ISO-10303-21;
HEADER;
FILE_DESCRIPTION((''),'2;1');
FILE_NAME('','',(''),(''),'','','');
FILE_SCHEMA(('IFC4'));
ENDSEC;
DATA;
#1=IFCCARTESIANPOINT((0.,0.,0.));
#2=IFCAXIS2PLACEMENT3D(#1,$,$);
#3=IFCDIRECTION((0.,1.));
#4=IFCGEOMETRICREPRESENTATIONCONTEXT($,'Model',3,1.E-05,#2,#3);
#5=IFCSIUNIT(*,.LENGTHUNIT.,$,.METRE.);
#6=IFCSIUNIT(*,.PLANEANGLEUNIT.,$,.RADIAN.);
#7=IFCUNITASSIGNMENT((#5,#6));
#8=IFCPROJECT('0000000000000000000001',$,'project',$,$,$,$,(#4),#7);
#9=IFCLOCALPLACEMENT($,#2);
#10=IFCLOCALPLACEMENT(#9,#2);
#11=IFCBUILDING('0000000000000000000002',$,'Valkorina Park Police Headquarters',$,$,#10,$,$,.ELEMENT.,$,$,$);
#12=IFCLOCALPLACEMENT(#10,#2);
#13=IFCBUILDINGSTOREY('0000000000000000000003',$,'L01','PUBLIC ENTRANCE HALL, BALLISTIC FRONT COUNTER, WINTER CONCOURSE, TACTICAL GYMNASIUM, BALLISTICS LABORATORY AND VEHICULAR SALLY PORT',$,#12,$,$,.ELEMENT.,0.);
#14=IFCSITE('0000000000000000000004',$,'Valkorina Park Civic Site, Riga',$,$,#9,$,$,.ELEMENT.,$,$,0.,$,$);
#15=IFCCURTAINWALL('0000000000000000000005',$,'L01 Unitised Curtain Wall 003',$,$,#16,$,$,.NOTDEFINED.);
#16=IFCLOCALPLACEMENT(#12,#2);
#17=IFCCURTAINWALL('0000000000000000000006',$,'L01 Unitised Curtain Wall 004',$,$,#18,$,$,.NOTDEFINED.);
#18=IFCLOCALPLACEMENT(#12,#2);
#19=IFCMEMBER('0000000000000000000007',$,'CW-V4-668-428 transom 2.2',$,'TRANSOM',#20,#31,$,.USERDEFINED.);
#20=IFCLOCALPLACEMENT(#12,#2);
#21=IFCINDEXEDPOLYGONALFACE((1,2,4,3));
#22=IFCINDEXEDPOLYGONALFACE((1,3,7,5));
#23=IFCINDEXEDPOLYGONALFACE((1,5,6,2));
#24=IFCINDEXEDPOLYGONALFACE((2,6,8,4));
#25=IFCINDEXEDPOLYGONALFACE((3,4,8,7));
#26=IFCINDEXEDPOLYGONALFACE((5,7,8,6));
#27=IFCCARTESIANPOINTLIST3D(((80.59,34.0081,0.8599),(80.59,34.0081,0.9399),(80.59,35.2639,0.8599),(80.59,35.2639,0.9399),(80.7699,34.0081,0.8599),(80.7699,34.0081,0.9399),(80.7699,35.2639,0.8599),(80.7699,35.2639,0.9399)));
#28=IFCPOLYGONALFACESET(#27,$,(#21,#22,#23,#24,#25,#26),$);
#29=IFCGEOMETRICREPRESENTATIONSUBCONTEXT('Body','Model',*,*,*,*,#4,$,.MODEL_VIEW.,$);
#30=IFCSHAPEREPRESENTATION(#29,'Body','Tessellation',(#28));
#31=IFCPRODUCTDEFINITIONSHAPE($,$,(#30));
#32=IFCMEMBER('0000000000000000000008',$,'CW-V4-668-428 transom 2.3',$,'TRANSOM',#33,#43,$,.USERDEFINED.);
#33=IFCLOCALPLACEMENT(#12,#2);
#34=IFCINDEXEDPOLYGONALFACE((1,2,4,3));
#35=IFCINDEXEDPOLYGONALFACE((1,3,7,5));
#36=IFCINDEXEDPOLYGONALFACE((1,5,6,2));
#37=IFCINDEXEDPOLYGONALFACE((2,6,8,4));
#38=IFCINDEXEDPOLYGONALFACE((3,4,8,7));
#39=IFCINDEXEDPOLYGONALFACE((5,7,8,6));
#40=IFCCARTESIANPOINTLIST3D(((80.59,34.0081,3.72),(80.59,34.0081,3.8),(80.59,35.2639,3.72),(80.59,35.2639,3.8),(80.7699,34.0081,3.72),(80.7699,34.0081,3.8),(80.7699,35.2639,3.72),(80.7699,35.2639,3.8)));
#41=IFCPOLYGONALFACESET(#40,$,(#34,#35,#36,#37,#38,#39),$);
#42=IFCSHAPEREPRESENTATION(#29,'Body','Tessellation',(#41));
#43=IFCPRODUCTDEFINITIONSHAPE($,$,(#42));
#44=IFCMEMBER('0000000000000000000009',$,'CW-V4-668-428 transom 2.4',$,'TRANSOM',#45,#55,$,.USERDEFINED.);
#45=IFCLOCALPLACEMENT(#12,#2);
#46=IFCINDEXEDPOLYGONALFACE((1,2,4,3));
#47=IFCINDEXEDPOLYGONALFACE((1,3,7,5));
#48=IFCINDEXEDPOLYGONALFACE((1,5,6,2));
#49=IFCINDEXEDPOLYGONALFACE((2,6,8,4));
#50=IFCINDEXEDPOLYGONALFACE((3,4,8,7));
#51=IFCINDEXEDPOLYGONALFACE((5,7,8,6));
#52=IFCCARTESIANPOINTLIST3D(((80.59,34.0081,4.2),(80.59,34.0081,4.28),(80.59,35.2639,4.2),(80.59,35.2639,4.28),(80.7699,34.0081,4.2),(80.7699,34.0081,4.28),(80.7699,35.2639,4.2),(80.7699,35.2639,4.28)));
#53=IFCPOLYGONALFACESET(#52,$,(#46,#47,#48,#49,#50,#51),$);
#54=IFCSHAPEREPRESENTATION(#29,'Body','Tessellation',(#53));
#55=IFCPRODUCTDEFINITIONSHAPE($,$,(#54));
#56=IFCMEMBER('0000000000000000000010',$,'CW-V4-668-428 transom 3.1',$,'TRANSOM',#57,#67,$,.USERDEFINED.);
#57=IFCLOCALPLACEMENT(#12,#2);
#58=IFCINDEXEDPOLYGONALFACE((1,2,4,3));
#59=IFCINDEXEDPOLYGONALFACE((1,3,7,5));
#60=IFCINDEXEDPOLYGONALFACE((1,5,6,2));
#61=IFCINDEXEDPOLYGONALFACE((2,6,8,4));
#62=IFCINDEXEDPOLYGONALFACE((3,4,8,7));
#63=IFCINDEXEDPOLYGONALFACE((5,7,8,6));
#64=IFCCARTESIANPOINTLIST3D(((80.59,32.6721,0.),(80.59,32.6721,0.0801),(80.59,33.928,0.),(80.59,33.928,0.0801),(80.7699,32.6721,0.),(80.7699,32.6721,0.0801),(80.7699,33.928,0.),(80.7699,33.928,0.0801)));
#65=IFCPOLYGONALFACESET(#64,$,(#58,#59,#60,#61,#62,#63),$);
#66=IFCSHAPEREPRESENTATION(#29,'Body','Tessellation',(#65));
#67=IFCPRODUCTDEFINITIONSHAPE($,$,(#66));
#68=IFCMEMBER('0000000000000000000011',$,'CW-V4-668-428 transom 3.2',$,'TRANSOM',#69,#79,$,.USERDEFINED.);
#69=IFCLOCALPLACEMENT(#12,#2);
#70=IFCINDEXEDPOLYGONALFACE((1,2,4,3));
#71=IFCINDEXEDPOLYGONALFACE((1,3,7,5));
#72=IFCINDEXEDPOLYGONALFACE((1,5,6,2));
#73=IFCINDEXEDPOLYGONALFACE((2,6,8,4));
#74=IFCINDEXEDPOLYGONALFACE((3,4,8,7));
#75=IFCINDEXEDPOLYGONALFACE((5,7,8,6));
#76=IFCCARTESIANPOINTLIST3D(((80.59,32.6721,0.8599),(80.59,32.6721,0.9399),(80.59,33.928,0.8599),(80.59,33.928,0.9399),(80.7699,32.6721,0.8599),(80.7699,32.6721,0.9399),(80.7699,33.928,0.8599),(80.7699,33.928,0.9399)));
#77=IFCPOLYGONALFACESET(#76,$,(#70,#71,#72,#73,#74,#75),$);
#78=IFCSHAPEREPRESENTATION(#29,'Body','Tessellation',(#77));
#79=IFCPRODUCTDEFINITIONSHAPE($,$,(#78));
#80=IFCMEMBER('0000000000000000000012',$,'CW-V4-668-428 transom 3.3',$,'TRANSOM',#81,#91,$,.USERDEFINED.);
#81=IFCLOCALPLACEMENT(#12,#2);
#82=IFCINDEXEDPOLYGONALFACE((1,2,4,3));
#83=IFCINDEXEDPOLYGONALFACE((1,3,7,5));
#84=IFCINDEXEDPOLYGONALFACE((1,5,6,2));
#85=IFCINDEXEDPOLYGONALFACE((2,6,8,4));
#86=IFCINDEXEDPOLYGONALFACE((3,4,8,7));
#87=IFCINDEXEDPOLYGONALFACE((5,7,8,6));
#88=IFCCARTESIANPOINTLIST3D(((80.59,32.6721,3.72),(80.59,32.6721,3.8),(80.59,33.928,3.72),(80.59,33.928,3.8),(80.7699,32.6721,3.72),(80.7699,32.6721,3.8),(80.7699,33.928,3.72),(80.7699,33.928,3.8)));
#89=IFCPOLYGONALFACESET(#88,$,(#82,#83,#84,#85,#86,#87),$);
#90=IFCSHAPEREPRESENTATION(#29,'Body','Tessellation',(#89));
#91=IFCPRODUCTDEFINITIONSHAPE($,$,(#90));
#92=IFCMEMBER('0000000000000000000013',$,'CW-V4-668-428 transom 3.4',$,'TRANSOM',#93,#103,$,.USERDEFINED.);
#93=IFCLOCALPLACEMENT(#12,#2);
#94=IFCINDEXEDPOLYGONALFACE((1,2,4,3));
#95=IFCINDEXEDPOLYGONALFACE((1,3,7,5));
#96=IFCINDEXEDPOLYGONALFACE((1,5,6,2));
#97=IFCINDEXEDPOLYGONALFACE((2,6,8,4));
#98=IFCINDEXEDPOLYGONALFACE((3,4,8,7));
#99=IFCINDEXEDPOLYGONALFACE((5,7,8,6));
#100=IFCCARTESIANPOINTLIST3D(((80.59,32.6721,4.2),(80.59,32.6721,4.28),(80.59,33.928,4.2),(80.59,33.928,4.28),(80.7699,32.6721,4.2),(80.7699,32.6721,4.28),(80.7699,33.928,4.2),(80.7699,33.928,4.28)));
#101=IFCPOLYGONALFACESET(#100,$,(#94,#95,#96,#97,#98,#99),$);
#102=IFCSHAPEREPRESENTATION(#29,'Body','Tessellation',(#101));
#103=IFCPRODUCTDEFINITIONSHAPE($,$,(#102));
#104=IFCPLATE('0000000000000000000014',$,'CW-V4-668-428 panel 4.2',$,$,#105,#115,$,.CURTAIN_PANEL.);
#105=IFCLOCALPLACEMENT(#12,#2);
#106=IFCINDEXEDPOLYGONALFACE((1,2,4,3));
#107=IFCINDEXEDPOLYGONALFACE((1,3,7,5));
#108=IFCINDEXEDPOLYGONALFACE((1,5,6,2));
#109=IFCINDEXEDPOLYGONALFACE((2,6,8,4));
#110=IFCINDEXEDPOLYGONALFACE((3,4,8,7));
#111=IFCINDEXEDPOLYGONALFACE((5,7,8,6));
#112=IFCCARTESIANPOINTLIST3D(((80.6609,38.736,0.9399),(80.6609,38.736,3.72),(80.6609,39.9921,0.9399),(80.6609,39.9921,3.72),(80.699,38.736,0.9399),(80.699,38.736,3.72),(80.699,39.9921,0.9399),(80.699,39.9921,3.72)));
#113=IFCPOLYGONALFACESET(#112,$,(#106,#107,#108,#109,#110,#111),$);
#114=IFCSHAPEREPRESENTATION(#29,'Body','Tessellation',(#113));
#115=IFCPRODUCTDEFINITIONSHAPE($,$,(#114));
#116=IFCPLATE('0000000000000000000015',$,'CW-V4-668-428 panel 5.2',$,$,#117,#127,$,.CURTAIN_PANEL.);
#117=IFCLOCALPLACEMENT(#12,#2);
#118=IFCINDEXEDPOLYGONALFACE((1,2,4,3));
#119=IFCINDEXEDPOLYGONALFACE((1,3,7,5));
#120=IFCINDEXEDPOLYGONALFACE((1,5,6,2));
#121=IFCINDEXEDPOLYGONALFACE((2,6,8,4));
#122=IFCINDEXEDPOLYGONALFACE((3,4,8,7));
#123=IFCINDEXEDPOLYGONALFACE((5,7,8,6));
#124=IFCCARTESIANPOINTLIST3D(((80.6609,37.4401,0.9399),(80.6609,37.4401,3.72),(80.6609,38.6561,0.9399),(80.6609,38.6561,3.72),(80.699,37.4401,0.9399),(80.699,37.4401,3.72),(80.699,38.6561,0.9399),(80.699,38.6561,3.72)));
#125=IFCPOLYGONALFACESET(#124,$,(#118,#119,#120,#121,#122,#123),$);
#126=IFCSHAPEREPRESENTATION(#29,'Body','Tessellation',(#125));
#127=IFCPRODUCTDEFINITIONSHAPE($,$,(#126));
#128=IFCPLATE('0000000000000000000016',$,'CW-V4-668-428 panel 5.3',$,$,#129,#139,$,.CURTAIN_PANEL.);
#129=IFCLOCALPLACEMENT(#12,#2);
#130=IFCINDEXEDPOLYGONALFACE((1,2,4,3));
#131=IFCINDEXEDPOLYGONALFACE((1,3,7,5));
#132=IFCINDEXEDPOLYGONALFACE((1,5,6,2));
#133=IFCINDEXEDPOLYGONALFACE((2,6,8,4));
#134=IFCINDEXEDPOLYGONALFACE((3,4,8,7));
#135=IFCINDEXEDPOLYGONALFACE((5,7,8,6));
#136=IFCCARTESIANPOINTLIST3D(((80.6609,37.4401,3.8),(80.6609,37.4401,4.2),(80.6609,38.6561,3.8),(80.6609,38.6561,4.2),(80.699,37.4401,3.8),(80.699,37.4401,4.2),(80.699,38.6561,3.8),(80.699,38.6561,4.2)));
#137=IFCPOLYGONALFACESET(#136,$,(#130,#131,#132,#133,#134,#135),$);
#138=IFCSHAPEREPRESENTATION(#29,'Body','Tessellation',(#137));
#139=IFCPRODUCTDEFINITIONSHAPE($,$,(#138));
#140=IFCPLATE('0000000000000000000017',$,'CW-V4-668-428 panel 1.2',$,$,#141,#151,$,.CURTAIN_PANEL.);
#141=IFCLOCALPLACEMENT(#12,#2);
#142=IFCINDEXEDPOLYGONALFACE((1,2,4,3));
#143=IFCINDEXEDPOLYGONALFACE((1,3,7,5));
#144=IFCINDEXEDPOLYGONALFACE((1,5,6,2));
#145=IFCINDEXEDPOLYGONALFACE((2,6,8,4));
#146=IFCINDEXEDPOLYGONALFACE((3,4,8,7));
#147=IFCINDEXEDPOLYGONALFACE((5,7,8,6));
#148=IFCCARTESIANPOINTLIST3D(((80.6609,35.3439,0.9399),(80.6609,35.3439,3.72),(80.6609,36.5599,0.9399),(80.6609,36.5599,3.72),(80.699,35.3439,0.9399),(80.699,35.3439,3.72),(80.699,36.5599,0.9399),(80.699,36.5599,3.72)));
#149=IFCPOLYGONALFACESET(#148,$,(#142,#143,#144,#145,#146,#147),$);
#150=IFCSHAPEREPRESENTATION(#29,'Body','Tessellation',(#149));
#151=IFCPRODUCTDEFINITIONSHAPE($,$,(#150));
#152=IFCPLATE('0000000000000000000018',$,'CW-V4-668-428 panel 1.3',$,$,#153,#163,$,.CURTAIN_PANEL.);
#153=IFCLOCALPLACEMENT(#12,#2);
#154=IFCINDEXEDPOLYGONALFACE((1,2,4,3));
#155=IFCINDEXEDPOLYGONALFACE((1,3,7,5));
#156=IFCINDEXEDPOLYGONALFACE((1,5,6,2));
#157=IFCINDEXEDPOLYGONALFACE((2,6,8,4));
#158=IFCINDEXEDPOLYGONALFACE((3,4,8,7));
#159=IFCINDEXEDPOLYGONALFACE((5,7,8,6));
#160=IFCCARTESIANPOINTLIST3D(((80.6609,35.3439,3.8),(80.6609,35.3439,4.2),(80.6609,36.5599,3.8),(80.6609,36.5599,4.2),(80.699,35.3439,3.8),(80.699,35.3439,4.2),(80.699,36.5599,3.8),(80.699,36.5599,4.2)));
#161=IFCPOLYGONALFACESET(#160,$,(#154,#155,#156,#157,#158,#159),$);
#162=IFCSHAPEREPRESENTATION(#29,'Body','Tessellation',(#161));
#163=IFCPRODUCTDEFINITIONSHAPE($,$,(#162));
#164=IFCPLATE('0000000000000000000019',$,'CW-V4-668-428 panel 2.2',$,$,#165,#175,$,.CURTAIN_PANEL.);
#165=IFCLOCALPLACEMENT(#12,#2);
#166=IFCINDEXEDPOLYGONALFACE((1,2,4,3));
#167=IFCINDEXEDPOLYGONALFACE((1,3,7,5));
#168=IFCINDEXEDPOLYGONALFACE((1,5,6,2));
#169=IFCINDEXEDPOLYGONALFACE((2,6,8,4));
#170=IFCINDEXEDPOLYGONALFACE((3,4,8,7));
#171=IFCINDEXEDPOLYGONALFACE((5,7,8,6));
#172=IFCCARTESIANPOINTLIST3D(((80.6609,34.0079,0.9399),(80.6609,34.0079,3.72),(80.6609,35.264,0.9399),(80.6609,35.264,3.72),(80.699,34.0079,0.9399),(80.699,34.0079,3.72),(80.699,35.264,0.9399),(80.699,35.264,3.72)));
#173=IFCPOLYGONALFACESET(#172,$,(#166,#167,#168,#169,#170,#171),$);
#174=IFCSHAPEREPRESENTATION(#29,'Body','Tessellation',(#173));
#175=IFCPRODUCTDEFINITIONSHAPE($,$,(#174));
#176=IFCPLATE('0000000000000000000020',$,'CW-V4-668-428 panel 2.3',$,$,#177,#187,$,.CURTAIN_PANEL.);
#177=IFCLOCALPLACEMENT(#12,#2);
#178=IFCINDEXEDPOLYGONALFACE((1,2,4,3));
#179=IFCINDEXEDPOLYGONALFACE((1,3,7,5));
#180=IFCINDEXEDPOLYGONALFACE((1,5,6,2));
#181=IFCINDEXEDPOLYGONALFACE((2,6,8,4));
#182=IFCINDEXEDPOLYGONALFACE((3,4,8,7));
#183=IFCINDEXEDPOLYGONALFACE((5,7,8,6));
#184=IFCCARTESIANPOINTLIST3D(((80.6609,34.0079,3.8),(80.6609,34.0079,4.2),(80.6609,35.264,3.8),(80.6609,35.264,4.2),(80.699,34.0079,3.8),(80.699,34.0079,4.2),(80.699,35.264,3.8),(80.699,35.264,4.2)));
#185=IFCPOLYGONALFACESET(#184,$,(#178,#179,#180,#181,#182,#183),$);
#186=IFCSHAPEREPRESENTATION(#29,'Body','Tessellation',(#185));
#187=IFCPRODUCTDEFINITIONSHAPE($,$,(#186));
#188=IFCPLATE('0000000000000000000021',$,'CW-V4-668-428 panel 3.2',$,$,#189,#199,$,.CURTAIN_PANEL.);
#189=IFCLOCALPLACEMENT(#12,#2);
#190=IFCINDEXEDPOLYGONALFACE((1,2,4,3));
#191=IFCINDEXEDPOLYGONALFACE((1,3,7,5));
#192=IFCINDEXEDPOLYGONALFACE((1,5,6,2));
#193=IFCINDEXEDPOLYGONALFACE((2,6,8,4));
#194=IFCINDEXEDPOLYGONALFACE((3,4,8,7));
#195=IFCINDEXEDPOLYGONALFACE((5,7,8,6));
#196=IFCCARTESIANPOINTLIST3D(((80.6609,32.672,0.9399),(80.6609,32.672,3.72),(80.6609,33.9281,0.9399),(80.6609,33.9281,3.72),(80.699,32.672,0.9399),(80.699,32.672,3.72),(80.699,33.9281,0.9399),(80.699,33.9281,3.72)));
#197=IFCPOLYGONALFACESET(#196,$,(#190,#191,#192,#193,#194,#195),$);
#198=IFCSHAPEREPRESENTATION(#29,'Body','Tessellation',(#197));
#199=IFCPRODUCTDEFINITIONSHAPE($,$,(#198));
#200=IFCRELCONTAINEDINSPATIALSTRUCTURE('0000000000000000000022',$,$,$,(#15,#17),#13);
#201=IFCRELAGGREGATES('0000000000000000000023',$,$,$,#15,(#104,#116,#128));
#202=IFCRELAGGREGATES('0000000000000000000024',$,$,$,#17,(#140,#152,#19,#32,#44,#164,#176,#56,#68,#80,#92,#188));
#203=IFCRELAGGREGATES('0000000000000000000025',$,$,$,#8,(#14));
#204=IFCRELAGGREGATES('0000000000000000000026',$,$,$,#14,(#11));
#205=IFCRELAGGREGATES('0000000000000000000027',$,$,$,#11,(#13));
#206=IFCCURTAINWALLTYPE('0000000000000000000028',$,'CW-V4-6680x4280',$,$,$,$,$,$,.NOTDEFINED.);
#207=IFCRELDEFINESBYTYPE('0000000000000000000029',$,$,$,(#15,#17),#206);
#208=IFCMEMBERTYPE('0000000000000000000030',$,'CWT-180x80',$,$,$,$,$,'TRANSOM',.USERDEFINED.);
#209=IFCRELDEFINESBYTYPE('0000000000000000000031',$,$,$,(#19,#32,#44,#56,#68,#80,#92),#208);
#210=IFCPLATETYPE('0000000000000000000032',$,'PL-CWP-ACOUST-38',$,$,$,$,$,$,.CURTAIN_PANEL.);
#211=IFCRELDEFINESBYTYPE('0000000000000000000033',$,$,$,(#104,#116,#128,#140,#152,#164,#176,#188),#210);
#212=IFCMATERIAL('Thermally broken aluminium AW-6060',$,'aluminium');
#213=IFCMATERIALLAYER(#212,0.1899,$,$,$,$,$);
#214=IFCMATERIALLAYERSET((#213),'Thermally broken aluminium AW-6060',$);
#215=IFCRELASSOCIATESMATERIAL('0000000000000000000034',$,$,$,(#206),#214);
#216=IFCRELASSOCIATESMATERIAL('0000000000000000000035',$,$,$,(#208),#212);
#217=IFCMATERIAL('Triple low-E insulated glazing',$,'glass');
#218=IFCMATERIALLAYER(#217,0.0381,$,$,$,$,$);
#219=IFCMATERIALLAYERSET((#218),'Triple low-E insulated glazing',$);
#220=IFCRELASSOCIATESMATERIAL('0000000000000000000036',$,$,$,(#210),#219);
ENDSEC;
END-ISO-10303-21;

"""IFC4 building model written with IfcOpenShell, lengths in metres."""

from ifc_helpers import new_model, si_unit, direction, frame, origin, origin_2d, place, context, subcontext, project, spatial, rectangle, extrude, material, layer, layer_set, material_profile, profile_set, type_object, element, aggregate, save


model = new_model("IFC4")

# Units and contexts
model_context = context("Model", 3, precision=1e-05, world=origin(), true_north=direction((0.0, 1.0)))
body_context = subcontext(model_context, "Body", "Model", "MODEL_VIEW")
ifc_project = project(units=[si_unit("LENGTHUNIT", "METRE"), si_unit("PLANEANGLEUNIT", "RADIAN")], contexts=[model_context])

# Site, building, storey
site_placement = place(None, origin())
site = spatial("IfcSite", under=ifc_project, at=site_placement, Name="Valkorina Park Civic Site, Riga", CompositionType="ELEMENT", RefElevation=0.0)
building_placement = place(site_placement, origin())
building = spatial("IfcBuilding", under=site, at=building_placement, Name="Valkorina Park Police Headquarters", CompositionType="ELEMENT")
storey_placement = place(building_placement, origin())
storey = spatial("IfcBuildingStorey", under=building, at=storey_placement, Name="L01", Description="PUBLIC ENTRANCE HALL, BALLISTIC FRONT COUNTER, WINTER CONCOURSE, TACTICAL GYMNASIUM, BALLISTICS LABORATORY AND VEHICULAR SALLY PORT", CompositionType="ELEMENT", Elevation=0.0)

# Curtain walls
ifc_material_1 = material(Name="Thermally broken aluminium AW-6060", Category="aluminium")
ifc_layer_1 = layer(ifc_material_1, 0.1899)
ifc_layer_set_1 = layer_set([ifc_layer_1], Name="Thermally broken aluminium AW-6060")
curtain_wall_type = type_object("IfcCurtainWallType", Name="CW-V4-6680x4280", PredefinedType="NOTDEFINED", material=ifc_layer_set_1)
curtain_wall_1_placement = place(storey_placement, origin())
curtain_wall_1 = element("IfcCurtainWall", 1, at=curtain_wall_1_placement, inside=storey, type_object=curtain_wall_type, Name="L01 Unitised Curtain Wall 003", PredefinedType="NOTDEFINED")
curtain_wall_2_placement = place(storey_placement, origin())
curtain_wall_2 = element("IfcCurtainWall", 2, at=curtain_wall_2_placement, inside=storey, type_object=curtain_wall_type, Name="L01 Unitised Curtain Wall 004", PredefinedType="NOTDEFINED")

# Members
ifc_material_profile_1 = material_profile(ifc_material_1, rectangle(XDim=0.1799, YDim=0.0801, at=origin_2d()), Name="CWT-03 180x80")
ifc_profile_set_1 = profile_set([ifc_material_profile_1], Name="Thermally broken aluminium AW-6060")
member_type_1 = type_object("IfcMemberType", Name="CWT-180x80", ElementType="TRANSOM", PredefinedType="USERDEFINED", material=ifc_profile_set_1)
member_1_placement = place(storey_placement, frame((80.6799, 35.2639, 0.8999), z_axis=(0.0, -1.0, 0.0), x_axis=(1.0, 0.0, 0.0)))
member_1 = element("IfcMember", 3, at=member_1_placement, type_object=member_type_1, Name="CW-V4-668-428 transom 2.2", ObjectType="TRANSOM", PredefinedType="USERDEFINED", context=body_context, shape_type="SweptSolid", body=[
    extrude(rectangle(XDim=0.1799, YDim=0.0801, at=origin_2d()), origin(), (0.0, 0.0, 1.0), 1.2559),
])
member_2_placement = place(storey_placement, frame((80.6799, 35.2639, 3.76), z_axis=(0.0, -1.0, 0.0), x_axis=(1.0, 0.0, 0.0)))
member_2 = element("IfcMember", 4, at=member_2_placement, type_object=member_type_1, Name="CW-V4-668-428 transom 2.3", ObjectType="TRANSOM", PredefinedType="USERDEFINED", context=body_context, shape_type="SweptSolid", body=[
    extrude(rectangle(XDim=0.1799, YDim=0.0801, at=origin_2d()), origin(), (0.0, 0.0, 1.0), 1.2559),
])
member_3_placement = place(storey_placement, frame((80.6799, 35.2639, 4.24), z_axis=(0.0, -1.0, 0.0), x_axis=(1.0, 0.0, 0.0)))
member_3 = element("IfcMember", 5, at=member_3_placement, type_object=member_type_1, Name="CW-V4-668-428 transom 2.4", ObjectType="TRANSOM", PredefinedType="USERDEFINED", context=body_context, shape_type="SweptSolid", body=[
    extrude(rectangle(XDim=0.1799, YDim=0.0801, at=origin_2d()), origin(), (0.0, 0.0, 1.0), 1.2559),
])
member_4_placement = place(storey_placement, frame((80.6799, 33.928, 0.04), z_axis=(0.0, -1.0, 0.0), x_axis=(1.0, 0.0, 0.0)))
member_4 = element("IfcMember", 6, at=member_4_placement, type_object=member_type_1, Name="CW-V4-668-428 transom 3.1", ObjectType="TRANSOM", PredefinedType="USERDEFINED", context=body_context, shape_type="SweptSolid", body=[
    extrude(rectangle(XDim=0.1799, YDim=0.0801, at=origin_2d()), origin(), (0.0, 0.0, 1.0), 1.2559),
])
member_5_placement = place(storey_placement, frame((80.6799, 33.928, 0.8999), z_axis=(0.0, -1.0, 0.0), x_axis=(1.0, 0.0, 0.0)))
member_5 = element("IfcMember", 7, at=member_5_placement, type_object=member_type_1, Name="CW-V4-668-428 transom 3.2", ObjectType="TRANSOM", PredefinedType="USERDEFINED", context=body_context, shape_type="SweptSolid", body=[
    extrude(rectangle(XDim=0.1799, YDim=0.0801, at=origin_2d()), origin(), (0.0, 0.0, 1.0), 1.2559),
])
member_6_placement = place(storey_placement, frame((80.6799, 33.928, 3.76), z_axis=(0.0, -1.0, 0.0), x_axis=(1.0, 0.0, 0.0)))
member_6 = element("IfcMember", 8, at=member_6_placement, type_object=member_type_1, Name="CW-V4-668-428 transom 3.3", ObjectType="TRANSOM", PredefinedType="USERDEFINED", context=body_context, shape_type="SweptSolid", body=[
    extrude(rectangle(XDim=0.1799, YDim=0.0801, at=origin_2d()), origin(), (0.0, 0.0, 1.0), 1.2559),
])
member_7_placement = place(storey_placement, frame((80.6799, 33.928, 4.24), z_axis=(0.0, -1.0, 0.0), x_axis=(1.0, 0.0, 0.0)))
member_7 = element("IfcMember", 9, at=member_7_placement, type_object=member_type_1, Name="CW-V4-668-428 transom 3.4", ObjectType="TRANSOM", PredefinedType="USERDEFINED", context=body_context, shape_type="SweptSolid", body=[
    extrude(rectangle(XDim=0.1799, YDim=0.0801, at=origin_2d()), origin(), (0.0, 0.0, 1.0), 1.2559),
])

# Plates
ifc_material_2 = material(Name="Triple low-E insulated glazing", Category="glass")
ifc_layer_2 = layer(ifc_material_2, 0.0381)
ifc_layer_set_2 = layer_set([ifc_layer_2], Name="Triple low-E insulated glazing")
plate_type_1 = type_object("IfcPlateType", Name="PL-CWP-ACOUST-38", PredefinedType="CURTAIN_PANEL", material=ifc_layer_set_2)
plate_1_placement = place(storey_placement, frame((80.6799, 39.364, 0.9399), z_axis=(0.0, 0.0, 1.0), x_axis=(0.0, -1.0, 0.0)))
plate_1 = element("IfcPlate", 10, at=plate_1_placement, type_object=plate_type_1, Name="CW-V4-668-428 panel 4.2", PredefinedType="CURTAIN_PANEL", context=body_context, shape_type="SweptSolid", body=[
    extrude(rectangle(XDim=1.2561, YDim=0.0381, at=origin_2d()), origin(), (0.0, 0.0, 1.0), 2.78),
])
plate_2_placement = place(storey_placement, frame((80.6799, 38.0481, 0.9399), z_axis=(0.0, 0.0, 1.0), x_axis=(0.0, -1.0, 0.0)))
plate_2 = element("IfcPlate", 11, at=plate_2_placement, type_object=plate_type_1, Name="CW-V4-668-428 panel 5.2", PredefinedType="CURTAIN_PANEL", context=body_context, shape_type="SweptSolid", body=[
    extrude(rectangle(XDim=1.2161, YDim=0.0381, at=origin_2d()), origin(), (0.0, 0.0, 1.0), 2.78),
])
plate_3_placement = place(storey_placement, frame((80.6799, 38.0481, 3.8), z_axis=(0.0, 0.0, 1.0), x_axis=(0.0, -1.0, 0.0)))
plate_3 = element("IfcPlate", 12, at=plate_3_placement, type_object=plate_type_1, Name="CW-V4-668-428 panel 5.3", PredefinedType="CURTAIN_PANEL", context=body_context, shape_type="SweptSolid", body=[
    extrude(rectangle(XDim=1.2161, YDim=0.0381, at=origin_2d()), origin(), (0.0, 0.0, 1.0), 0.3999),
])
plate_4_placement = place(storey_placement, frame((80.6799, 35.9519, 0.9399), z_axis=(0.0, 0.0, 1.0), x_axis=(0.0, -1.0, 0.0)))
plate_4 = element("IfcPlate", 13, at=plate_4_placement, type_object=plate_type_1, Name="CW-V4-668-428 panel 1.2", PredefinedType="CURTAIN_PANEL", context=body_context, shape_type="SweptSolid", body=[
    extrude(rectangle(XDim=1.2161, YDim=0.0381, at=origin_2d()), origin(), (0.0, 0.0, 1.0), 2.78),
])
plate_5_placement = place(storey_placement, frame((80.6799, 35.9519, 3.8), z_axis=(0.0, 0.0, 1.0), x_axis=(0.0, -1.0, 0.0)))
plate_5 = element("IfcPlate", 14, at=plate_5_placement, type_object=plate_type_1, Name="CW-V4-668-428 panel 1.3", PredefinedType="CURTAIN_PANEL", context=body_context, shape_type="SweptSolid", body=[
    extrude(rectangle(XDim=1.2161, YDim=0.0381, at=origin_2d()), origin(), (0.0, 0.0, 1.0), 0.3999),
])
plate_6_placement = place(storey_placement, frame((80.6799, 34.636, 0.9399), z_axis=(0.0, 0.0, 1.0), x_axis=(0.0, -1.0, 0.0)))
plate_6 = element("IfcPlate", 15, at=plate_6_placement, type_object=plate_type_1, Name="CW-V4-668-428 panel 2.2", PredefinedType="CURTAIN_PANEL", context=body_context, shape_type="SweptSolid", body=[
    extrude(rectangle(XDim=1.2561, YDim=0.0381, at=origin_2d()), origin(), (0.0, 0.0, 1.0), 2.78),
])
plate_7_placement = place(storey_placement, frame((80.6799, 34.636, 3.8), z_axis=(0.0, 0.0, 1.0), x_axis=(0.0, -1.0, 0.0)))
plate_7 = element("IfcPlate", 16, at=plate_7_placement, type_object=plate_type_1, Name="CW-V4-668-428 panel 2.3", PredefinedType="CURTAIN_PANEL", context=body_context, shape_type="SweptSolid", body=[
    extrude(rectangle(XDim=1.2561, YDim=0.0381, at=origin_2d()), origin(), (0.0, 0.0, 1.0), 0.3999),
])
plate_8_placement = place(storey_placement, frame((80.6799, 33.3, 0.9399), z_axis=(0.0, 0.0, 1.0), x_axis=(0.0, -1.0, 0.0)))
plate_8 = element("IfcPlate", 17, at=plate_8_placement, type_object=plate_type_1, Name="CW-V4-668-428 panel 3.2", PredefinedType="CURTAIN_PANEL", context=body_context, shape_type="SweptSolid", body=[
    extrude(rectangle(XDim=1.2561, YDim=0.0381, at=origin_2d()), origin(), (0.0, 0.0, 1.0), 2.78),
])
aggregate(curtain_wall_1, [plate_1, plate_2, plate_3])
aggregate(curtain_wall_2, [plate_4, plate_5, member_1, member_2, member_3, plate_6, plate_7, member_4, member_5, member_6, member_7, plate_8])

save(model, "model.ifc")
